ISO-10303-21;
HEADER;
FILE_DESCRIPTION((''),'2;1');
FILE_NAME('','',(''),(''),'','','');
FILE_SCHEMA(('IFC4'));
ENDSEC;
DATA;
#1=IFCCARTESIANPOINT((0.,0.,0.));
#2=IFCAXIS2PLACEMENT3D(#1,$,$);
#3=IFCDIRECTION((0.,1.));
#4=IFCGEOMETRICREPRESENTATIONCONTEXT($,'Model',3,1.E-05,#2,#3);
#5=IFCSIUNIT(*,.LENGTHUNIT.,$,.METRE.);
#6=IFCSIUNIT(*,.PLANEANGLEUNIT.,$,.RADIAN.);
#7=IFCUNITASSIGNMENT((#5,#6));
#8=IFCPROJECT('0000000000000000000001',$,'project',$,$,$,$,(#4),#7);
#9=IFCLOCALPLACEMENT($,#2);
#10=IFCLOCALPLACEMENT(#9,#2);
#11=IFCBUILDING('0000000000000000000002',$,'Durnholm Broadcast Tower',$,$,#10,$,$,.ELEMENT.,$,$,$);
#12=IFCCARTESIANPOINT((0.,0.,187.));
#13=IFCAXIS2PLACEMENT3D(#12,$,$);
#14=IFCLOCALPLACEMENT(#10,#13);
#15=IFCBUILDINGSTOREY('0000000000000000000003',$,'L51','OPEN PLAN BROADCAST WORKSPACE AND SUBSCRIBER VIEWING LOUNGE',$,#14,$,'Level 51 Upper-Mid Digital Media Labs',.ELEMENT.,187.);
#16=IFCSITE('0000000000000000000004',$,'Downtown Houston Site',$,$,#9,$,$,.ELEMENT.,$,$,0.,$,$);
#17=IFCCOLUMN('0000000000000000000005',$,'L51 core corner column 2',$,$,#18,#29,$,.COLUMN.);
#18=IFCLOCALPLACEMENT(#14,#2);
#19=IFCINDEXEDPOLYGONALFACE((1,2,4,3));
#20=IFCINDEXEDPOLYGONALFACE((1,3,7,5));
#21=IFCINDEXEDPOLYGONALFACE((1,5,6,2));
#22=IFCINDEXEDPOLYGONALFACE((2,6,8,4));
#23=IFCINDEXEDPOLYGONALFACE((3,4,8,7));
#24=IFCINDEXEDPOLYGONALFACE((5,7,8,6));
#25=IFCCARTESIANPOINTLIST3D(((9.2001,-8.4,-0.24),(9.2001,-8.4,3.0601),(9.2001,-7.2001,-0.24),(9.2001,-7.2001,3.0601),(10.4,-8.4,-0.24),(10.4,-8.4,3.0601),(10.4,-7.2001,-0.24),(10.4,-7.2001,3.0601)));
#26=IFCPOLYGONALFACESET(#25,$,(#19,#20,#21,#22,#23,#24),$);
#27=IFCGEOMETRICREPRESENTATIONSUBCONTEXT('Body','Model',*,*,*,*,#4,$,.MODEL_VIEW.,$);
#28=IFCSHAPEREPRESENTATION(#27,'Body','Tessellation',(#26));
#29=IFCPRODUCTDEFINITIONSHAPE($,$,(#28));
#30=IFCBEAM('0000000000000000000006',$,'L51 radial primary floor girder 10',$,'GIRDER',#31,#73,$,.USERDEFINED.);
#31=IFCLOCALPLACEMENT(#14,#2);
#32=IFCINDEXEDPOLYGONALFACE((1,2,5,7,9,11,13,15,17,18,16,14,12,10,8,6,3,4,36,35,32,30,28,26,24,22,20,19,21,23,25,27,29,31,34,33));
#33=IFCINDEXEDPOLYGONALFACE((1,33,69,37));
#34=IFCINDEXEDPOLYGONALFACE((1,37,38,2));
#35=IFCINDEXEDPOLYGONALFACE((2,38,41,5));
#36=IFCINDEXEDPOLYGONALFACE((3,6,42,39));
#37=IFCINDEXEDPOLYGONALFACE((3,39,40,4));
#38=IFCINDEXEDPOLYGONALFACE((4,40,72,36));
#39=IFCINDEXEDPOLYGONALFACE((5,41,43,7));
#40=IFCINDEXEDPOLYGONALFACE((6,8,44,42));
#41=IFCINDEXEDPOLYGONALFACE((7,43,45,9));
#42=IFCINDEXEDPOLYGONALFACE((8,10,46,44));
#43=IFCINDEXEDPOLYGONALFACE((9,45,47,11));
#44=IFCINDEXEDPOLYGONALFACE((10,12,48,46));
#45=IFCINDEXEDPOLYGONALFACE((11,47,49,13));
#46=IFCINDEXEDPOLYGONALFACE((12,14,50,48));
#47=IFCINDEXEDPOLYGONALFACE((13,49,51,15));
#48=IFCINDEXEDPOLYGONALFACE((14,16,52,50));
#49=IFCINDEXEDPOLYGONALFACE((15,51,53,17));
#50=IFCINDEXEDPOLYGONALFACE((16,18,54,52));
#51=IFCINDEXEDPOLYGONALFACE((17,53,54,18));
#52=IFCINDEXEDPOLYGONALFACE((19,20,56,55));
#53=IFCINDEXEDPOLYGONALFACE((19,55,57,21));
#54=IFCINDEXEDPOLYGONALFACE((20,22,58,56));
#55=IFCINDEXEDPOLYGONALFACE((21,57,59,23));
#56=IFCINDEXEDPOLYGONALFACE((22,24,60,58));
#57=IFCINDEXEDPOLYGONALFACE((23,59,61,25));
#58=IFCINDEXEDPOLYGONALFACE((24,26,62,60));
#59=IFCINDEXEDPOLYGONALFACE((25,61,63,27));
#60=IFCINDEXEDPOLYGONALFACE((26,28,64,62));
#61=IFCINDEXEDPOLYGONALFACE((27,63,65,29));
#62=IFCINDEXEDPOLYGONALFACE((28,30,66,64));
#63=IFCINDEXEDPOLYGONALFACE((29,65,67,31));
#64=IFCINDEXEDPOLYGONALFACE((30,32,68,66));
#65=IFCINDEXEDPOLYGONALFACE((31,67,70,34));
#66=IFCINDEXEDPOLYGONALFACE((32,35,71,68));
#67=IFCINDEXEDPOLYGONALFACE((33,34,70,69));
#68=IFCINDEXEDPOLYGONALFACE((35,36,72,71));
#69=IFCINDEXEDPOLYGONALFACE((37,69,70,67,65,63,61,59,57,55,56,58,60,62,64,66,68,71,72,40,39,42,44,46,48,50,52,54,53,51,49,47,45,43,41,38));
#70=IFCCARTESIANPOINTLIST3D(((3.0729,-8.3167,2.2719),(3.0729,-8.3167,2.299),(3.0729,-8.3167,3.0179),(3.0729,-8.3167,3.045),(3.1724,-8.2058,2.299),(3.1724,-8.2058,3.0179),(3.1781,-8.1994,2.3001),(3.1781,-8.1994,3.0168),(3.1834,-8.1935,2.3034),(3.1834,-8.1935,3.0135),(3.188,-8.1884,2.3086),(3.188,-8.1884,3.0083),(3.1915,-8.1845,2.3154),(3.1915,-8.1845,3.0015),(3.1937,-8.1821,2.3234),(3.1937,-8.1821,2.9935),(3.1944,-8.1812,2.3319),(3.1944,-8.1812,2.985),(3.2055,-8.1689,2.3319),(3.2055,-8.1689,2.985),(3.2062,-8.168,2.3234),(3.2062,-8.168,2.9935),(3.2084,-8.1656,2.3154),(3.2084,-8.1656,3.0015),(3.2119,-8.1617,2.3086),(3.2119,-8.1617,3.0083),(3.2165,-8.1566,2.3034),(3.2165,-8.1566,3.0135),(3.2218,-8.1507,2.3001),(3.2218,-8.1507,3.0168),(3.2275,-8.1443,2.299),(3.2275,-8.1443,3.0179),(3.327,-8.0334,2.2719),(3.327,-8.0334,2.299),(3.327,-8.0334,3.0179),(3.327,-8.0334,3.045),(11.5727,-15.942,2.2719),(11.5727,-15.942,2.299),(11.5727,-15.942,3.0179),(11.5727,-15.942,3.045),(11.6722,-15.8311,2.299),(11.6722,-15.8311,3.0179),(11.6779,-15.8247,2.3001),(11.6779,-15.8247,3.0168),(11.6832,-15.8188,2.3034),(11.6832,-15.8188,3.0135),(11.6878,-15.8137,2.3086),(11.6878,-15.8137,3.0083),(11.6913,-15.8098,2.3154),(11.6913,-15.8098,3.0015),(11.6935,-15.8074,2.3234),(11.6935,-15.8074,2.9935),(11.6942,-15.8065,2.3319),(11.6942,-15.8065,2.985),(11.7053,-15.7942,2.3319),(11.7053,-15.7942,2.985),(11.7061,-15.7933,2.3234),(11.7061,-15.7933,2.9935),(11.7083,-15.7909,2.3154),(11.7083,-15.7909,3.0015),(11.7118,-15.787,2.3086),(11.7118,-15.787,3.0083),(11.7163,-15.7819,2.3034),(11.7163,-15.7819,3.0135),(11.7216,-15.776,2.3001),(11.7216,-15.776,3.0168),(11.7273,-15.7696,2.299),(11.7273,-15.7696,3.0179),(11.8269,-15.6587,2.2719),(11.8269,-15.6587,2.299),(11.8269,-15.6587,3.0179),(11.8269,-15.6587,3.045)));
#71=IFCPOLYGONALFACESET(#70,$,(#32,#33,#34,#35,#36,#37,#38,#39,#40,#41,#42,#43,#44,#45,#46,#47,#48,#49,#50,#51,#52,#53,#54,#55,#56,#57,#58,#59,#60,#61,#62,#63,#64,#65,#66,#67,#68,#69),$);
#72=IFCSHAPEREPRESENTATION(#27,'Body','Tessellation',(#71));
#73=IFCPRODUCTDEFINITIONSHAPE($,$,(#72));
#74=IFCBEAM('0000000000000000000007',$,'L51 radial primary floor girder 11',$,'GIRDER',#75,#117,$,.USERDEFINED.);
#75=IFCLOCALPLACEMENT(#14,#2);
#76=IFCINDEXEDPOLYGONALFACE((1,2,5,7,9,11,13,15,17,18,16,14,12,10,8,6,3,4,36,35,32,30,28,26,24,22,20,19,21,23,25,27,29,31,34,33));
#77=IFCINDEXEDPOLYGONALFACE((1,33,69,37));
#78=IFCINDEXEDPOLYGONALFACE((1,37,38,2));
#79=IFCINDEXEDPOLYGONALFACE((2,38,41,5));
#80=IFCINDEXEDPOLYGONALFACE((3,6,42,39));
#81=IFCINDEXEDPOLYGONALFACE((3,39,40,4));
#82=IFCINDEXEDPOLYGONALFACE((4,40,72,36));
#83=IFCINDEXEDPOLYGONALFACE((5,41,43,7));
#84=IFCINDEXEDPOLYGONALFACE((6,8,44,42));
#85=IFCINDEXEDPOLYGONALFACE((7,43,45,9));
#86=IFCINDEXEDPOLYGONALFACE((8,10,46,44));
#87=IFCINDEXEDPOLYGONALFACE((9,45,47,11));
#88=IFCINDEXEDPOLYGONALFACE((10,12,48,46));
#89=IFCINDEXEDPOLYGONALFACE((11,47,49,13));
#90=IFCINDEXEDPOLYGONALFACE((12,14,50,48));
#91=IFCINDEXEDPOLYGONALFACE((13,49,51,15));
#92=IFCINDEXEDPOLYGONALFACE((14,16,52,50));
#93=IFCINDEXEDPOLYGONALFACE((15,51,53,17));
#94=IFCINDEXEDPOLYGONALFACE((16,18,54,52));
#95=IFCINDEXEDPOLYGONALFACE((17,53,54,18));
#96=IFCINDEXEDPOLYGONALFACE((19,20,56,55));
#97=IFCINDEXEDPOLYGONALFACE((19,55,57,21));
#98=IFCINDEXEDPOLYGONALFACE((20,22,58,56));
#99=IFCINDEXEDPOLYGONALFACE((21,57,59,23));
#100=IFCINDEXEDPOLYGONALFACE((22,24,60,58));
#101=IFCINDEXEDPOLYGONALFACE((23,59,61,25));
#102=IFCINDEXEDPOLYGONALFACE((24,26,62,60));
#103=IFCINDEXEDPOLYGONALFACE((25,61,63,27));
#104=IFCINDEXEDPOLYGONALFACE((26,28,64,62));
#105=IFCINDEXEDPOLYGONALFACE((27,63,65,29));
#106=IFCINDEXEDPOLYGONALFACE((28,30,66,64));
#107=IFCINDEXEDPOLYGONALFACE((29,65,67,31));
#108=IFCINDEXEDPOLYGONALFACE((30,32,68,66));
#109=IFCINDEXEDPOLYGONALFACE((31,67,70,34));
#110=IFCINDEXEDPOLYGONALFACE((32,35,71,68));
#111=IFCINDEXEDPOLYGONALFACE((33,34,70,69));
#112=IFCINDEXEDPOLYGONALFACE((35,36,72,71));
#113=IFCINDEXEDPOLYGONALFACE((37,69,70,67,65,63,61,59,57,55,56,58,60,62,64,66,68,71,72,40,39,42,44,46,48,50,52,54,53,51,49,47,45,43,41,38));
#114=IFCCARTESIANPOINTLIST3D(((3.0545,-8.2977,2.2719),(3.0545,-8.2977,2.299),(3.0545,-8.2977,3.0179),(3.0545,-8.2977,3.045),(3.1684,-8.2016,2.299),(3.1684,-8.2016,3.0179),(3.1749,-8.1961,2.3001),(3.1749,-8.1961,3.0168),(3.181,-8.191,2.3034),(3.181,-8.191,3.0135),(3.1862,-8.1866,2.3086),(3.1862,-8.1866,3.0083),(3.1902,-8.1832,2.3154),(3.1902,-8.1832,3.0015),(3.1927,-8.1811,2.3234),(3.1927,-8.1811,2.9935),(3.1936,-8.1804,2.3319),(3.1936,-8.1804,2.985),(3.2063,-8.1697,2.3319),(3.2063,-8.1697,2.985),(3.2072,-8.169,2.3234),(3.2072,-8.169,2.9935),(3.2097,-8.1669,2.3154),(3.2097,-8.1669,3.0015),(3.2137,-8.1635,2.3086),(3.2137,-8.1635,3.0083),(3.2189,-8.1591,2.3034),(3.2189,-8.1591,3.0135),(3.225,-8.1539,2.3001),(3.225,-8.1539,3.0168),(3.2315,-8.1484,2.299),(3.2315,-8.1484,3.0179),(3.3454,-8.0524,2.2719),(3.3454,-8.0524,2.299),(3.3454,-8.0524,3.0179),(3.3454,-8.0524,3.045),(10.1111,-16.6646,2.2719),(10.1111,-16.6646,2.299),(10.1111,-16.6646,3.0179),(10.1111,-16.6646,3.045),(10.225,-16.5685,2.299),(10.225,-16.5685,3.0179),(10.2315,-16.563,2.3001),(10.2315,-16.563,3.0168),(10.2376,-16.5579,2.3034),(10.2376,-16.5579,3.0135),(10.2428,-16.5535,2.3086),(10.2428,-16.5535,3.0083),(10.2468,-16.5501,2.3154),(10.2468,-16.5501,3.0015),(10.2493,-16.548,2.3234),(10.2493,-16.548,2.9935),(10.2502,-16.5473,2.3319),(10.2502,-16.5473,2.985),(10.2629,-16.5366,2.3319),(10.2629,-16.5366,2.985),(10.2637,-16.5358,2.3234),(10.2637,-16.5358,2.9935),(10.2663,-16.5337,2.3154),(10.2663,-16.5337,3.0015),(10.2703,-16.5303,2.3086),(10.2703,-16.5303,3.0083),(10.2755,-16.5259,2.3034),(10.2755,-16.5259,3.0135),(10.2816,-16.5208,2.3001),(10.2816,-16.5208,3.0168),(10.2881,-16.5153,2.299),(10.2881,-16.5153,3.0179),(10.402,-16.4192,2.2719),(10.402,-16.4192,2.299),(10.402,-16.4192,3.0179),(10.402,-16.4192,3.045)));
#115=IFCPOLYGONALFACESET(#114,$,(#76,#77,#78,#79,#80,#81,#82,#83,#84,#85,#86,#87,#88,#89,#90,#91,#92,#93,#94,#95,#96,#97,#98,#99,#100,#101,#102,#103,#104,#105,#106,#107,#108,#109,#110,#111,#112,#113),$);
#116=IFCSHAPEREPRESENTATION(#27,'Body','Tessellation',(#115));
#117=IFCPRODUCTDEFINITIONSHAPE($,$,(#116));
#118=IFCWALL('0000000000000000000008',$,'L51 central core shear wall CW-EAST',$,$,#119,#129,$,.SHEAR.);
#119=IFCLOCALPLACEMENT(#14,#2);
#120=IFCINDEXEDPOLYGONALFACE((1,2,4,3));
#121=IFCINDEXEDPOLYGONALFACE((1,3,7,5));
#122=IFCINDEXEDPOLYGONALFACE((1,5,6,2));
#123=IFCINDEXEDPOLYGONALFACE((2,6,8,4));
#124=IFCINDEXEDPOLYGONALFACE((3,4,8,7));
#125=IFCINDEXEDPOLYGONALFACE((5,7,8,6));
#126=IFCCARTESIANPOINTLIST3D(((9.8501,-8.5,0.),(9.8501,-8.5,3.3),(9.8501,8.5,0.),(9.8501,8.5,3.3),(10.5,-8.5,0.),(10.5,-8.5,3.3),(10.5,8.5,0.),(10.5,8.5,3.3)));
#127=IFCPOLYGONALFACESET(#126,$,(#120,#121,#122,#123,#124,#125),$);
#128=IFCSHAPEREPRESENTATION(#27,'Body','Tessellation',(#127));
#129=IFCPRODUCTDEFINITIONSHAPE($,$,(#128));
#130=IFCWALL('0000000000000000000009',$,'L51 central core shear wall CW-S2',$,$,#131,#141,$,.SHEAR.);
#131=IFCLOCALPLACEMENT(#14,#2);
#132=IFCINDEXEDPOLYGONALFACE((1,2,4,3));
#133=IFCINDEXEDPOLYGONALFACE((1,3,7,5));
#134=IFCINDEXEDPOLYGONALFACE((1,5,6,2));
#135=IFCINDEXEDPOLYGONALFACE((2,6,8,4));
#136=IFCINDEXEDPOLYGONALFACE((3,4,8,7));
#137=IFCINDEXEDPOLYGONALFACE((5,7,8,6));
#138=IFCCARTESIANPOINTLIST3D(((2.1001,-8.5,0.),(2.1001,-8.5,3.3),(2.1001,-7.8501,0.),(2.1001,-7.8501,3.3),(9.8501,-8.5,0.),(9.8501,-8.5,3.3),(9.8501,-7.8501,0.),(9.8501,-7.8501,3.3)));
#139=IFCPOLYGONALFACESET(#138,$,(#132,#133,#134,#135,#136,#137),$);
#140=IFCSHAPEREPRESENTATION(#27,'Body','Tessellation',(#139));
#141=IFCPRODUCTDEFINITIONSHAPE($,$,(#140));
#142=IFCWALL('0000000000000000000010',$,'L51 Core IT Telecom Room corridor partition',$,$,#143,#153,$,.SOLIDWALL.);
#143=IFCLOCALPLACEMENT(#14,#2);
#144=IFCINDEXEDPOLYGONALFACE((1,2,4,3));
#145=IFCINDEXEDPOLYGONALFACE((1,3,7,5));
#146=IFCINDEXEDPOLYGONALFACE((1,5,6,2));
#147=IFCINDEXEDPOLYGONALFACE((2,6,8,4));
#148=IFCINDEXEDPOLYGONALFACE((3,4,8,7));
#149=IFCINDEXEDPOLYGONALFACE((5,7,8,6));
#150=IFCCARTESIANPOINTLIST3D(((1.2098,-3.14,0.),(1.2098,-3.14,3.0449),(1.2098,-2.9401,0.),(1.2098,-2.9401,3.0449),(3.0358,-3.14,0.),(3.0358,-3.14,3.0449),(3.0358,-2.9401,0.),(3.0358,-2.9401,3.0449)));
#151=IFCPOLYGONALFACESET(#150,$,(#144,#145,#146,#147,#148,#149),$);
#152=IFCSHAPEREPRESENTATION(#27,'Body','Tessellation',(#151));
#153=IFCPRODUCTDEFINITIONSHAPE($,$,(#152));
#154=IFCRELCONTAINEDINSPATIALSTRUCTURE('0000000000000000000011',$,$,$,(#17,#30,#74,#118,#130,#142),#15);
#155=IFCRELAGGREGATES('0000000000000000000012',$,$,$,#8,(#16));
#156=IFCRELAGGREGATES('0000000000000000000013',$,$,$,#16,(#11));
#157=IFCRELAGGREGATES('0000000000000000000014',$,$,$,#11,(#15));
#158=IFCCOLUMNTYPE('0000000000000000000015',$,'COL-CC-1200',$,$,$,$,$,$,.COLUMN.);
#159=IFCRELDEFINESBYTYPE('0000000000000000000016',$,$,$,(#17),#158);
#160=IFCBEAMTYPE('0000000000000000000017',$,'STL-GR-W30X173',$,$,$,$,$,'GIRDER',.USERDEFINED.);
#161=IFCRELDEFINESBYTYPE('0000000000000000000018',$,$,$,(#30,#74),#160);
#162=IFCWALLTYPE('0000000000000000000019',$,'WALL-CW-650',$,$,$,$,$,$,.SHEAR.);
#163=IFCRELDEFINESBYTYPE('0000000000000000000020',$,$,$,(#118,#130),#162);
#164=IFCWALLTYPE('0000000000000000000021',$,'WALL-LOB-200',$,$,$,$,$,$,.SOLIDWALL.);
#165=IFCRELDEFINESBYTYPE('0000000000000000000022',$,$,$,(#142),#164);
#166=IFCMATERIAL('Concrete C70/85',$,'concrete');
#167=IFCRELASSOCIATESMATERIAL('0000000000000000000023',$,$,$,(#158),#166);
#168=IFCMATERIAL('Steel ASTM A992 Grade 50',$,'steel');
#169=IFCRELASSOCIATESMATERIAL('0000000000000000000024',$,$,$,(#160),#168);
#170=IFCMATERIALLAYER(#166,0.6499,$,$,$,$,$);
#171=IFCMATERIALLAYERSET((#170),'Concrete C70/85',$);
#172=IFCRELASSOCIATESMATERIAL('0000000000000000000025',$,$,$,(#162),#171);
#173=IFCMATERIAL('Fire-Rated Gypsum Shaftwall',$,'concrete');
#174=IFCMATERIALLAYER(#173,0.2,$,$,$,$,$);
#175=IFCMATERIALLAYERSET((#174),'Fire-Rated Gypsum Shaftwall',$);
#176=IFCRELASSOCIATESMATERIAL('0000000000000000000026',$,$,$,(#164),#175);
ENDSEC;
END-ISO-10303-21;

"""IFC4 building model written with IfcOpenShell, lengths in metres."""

from ifc_helpers import new_model, si_unit, direction, frame, frame_2d, origin, origin_2d, place, context, subcontext, project, spatial, rectangle, i_section, extrude, source, transform, mapped, material, layer, layer_set, material_profile, profile_set, type_object, type_shapes, element, save


model = new_model("IFC4")

# Units and contexts
model_context = context("Model", 3, precision=1e-05, world=origin(), true_north=direction((0.0, 1.0)))
body_context = subcontext(model_context, "Body", "Model", "MODEL_VIEW")
ifc_project = project(units=[si_unit("LENGTHUNIT", "METRE"), si_unit("PLANEANGLEUNIT", "RADIAN")], contexts=[model_context])

# Site, building, storey
site_placement = place(None, origin())
site = spatial("IfcSite", under=ifc_project, at=site_placement, Name="Downtown Houston Site", CompositionType="ELEMENT", RefElevation=0.0)
building_placement = place(site_placement, origin())
building = spatial("IfcBuilding", under=site, at=building_placement, Name="Durnholm Broadcast Tower", CompositionType="ELEMENT")
storey_placement = place(building_placement, frame((0.0, 0.0, 187.0)))
storey = spatial("IfcBuildingStorey", under=building, at=storey_placement, Name="L51", Description="OPEN PLAN BROADCAST WORKSPACE AND SUBSCRIBER VIEWING LOUNGE", LongName="Level 51 Upper-Mid Digital Media Labs", CompositionType="ELEMENT", Elevation=187.0)

# Column
ifc_material_1 = material(Name="Concrete C70/85", Category="concrete")
ifc_material_profile_1 = material_profile(ifc_material_1, rectangle(XDim=1.2, YDim=1.2, at=origin_2d()), Name="RC1200X1200")
ifc_profile_set_1 = profile_set([ifc_material_profile_1], Name="Concrete C70/85")
column_type = type_object("IfcColumnType", Name="COL-CC-1200", PredefinedType="COLUMN", material=ifc_profile_set_1)
shared_shape_1 = source(origin(), body_context, "Body", "SweptSolid", [
    extrude(rectangle(XDim=1.2, YDim=1.2, at=origin_2d()), origin(), (0.0, 0.0, 1.0), 3.3),
])
type_shapes(column_type, [shared_shape_1])
column_placement = place(storey_placement, frame((9.8, -7.8, -0.24), z_axis=(0.0, 0.0, 1.0), x_axis=(1.0, 0.0, 0.0)))
element("IfcColumn", 1, at=column_placement, inside=storey, type_object=column_type, Name="L51 core corner column 2", PredefinedType="COLUMN", context=body_context, shape_type="MappedRepresentation", body=[
    mapped(shared_shape_1, transform((0.0, 0.0, 0.0), x_axis=(1.0, 0.0, 0.0), y_axis=(0.0, 1.0, 0.0), z_axis=(0.0, 0.0, 1.0), scale=1.0)),
])

# Beams
ifc_material_2 = material(Name="Steel ASTM A992 Grade 50", Category="steel")
ifc_material_profile_2 = material_profile(ifc_material_2, i_section(OverallWidth=0.3806, OverallDepth=0.7732, WebThickness=0.0166, FlangeThickness=0.0271, FilletRadius=0.033, at=origin_2d()), Name="W30X173")
ifc_profile_set_2 = profile_set([ifc_material_profile_2], Name="Steel ASTM A992 Grade 50")
beam_type = type_object("IfcBeamType", Name="STL-GR-W30X173", ElementType="GIRDER", PredefinedType="USERDEFINED", material=ifc_profile_set_2)
shared_shape_2 = source(origin(), body_context, "Body", "SweptSolid", [
    extrude(i_section(OverallWidth=0.3806, OverallDepth=0.7732, WebThickness=0.0166, FlangeThickness=0.0271, FilletRadius=0.033, at=origin_2d()), origin(), (0.0, 0.0, 1.0), 11.4189),
])
beam_1_placement = place(storey_placement, frame((3.2, -8.175, 2.6584), z_axis=(0.744362, -0.667777, 0.0), x_axis=(0.667777, 0.744362, 0.0)))
element("IfcBeam", 2, at=beam_1_placement, inside=storey, type_object=beam_type, Name="L51 radial primary floor girder 10", ObjectType="GIRDER", PredefinedType="USERDEFINED", context=body_context, shape_type="MappedRepresentation", body=[
    mapped(shared_shape_2, transform((0.0, 0.0, 0.0), x_axis=(1.0, 0.0, 0.0), y_axis=(0.0, 1.0, 0.0), z_axis=(0.0, 0.0, 1.0), scale=1.0)),
])
shared_shape_3 = source(origin(), body_context, "Body", "SweptSolid", [
    extrude(i_section(OverallWidth=0.3806, OverallDepth=0.7732, WebThickness=0.0166, FlangeThickness=0.0271, FilletRadius=0.033, at=origin_2d()), origin(), (0.0, 0.0, 1.0), 10.9453),
])
type_shapes(beam_type, [shared_shape_2, shared_shape_3])
beam_2_placement = place(storey_placement, frame((3.2, -8.175, 2.6584), z_axis=(0.644713, -0.764425, 0.0), x_axis=(0.764425, 0.644713, 0.0)))
element("IfcBeam", 3, at=beam_2_placement, inside=storey, type_object=beam_type, Name="L51 radial primary floor girder 11", ObjectType="GIRDER", PredefinedType="USERDEFINED", context=body_context, shape_type="MappedRepresentation", body=[
    mapped(shared_shape_3, transform((0.0, 0.0, 0.0), x_axis=(1.0, 0.0, 0.0), y_axis=(0.0, 1.0, 0.0), z_axis=(0.0, 0.0, 1.0), scale=1.0)),
])

# Walls
ifc_layer_1 = layer(ifc_material_1, 0.6499)
ifc_layer_set_1 = layer_set([ifc_layer_1], Name="Concrete C70/85")
wall_type_1 = type_object("IfcWallType", Name="WALL-CW-650", PredefinedType="SHEAR", material=ifc_layer_set_1)
wall_1_placement = place(storey_placement, frame((10.175, -8.5, 0.0), z_axis=(0.0, 0.0, 1.0), x_axis=(0.0, 1.0, 0.0)))
element("IfcWall", 4, at=wall_1_placement, inside=storey, type_object=wall_type_1, Name="L51 central core shear wall CW-EAST", PredefinedType="SHEAR", context=body_context, shape_type="SweptSolid", body=[
    extrude(rectangle(XDim=17.0, YDim=0.6499, at=frame_2d((8.5, 0.0))), origin(), (0.0, 0.0, 1.0), 3.3),
])
wall_2_placement = place(storey_placement, frame((2.1001, -8.175, 0.0), z_axis=(0.0, 0.0, 1.0), x_axis=(1.0, 0.0, 0.0)))
element("IfcWall", 5, at=wall_2_placement, inside=storey, type_object=wall_type_1, Name="L51 central core shear wall CW-S2", PredefinedType="SHEAR", context=body_context, shape_type="SweptSolid", body=[
    extrude(rectangle(XDim=7.75, YDim=0.6499, at=frame_2d((3.875, 0.0))), origin(), (0.0, 0.0, 1.0), 3.3),
])
ifc_material_3 = material(Name="Fire-Rated Gypsum Shaftwall", Category="concrete")
ifc_layer_2 = layer(ifc_material_3, 0.2)
ifc_layer_set_2 = layer_set([ifc_layer_2], Name="Fire-Rated Gypsum Shaftwall")
wall_type_2 = type_object("IfcWallType", Name="WALL-LOB-200", PredefinedType="SOLIDWALL", material=ifc_layer_set_2)
wall_3_placement = place(storey_placement, frame((3.0359, -3.04, 0.0), z_axis=(0.0, 0.0, 1.0), x_axis=(-1.0, 0.0, 0.0)))
element("IfcWall", 6, at=wall_3_placement, inside=storey, type_object=wall_type_2, Name="L51 Core IT Telecom Room corridor partition", PredefinedType="SOLIDWALL", context=body_context, shape_type="SweptSolid", body=[
    extrude(rectangle(XDim=1.8259, YDim=0.2, at=frame_2d((0.9131, 0.0))), origin(), (0.0, 0.0, 1.0), 3.0449),
])

save(model, "model.ifc")
